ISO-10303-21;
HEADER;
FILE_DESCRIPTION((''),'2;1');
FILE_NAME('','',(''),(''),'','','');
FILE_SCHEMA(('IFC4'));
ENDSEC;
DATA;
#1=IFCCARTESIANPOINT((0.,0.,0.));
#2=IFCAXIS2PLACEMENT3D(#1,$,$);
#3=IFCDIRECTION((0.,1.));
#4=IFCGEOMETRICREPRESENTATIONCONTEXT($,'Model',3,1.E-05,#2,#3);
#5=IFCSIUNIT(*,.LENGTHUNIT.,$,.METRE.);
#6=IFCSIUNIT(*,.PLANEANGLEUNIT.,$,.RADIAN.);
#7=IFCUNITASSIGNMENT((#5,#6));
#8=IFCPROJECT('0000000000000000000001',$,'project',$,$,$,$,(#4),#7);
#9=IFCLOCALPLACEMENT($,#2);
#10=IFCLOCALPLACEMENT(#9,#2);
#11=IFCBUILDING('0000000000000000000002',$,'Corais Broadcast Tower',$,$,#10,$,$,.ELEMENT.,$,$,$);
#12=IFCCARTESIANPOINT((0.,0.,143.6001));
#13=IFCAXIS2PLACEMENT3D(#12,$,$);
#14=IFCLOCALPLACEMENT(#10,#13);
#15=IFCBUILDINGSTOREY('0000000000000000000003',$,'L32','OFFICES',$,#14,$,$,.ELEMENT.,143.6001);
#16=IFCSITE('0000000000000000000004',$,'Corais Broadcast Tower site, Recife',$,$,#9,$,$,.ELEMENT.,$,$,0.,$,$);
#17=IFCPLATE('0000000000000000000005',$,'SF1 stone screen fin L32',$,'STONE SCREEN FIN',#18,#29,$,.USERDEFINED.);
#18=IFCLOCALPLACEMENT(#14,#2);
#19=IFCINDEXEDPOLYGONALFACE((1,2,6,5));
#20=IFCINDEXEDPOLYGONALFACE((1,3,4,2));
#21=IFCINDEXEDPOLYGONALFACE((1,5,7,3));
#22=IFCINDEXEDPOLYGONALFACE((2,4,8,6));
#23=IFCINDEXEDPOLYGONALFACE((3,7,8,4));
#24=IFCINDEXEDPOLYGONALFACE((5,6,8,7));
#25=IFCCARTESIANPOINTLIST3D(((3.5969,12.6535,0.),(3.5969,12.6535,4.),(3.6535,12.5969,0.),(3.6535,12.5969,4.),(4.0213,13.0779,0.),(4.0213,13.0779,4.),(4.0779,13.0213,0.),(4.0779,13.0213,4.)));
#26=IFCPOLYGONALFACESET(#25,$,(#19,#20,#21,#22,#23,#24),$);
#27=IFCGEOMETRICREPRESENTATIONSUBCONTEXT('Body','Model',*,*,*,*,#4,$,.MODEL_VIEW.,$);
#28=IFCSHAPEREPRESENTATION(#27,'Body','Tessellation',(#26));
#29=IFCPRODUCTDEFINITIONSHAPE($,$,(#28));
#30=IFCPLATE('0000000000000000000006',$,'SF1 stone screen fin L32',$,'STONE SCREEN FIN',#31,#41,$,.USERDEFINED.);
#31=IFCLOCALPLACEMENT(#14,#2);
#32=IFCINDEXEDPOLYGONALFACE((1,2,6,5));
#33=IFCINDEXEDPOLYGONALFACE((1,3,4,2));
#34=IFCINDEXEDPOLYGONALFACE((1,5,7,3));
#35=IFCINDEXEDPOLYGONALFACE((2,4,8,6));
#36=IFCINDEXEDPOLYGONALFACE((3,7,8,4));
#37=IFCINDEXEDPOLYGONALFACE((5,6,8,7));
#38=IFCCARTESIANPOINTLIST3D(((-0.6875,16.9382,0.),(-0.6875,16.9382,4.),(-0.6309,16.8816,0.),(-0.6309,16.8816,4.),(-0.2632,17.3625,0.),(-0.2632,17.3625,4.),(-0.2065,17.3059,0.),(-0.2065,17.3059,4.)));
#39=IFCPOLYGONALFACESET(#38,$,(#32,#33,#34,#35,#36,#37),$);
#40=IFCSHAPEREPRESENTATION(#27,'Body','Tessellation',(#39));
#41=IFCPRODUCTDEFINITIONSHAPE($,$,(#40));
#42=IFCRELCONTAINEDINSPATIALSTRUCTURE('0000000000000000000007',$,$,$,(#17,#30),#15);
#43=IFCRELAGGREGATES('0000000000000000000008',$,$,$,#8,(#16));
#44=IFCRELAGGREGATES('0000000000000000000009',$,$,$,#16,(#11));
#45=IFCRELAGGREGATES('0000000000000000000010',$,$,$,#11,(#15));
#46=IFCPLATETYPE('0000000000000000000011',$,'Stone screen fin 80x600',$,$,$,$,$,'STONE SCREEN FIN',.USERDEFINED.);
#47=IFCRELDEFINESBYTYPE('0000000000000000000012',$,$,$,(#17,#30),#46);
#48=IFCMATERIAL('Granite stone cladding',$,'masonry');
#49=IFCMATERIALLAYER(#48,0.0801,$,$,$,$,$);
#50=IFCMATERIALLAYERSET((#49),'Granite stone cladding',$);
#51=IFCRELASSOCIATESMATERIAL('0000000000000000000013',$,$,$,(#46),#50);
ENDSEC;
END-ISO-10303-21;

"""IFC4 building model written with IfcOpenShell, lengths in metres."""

from ifc_helpers import new_model, si_unit, direction, frame, origin, origin_2d, place, context, subcontext, project, spatial, rectangle, extrude, material, layer, layer_set, type_object, element, save


model = new_model("IFC4")

# Units and contexts
model_context = context("Model", 3, precision=1e-05, world=origin(), true_north=direction((0.0, 1.0)))
body_context = subcontext(model_context, "Body", "Model", "MODEL_VIEW")
ifc_project = project(units=[si_unit("LENGTHUNIT", "METRE"), si_unit("PLANEANGLEUNIT", "RADIAN")], contexts=[model_context])

# Site, building, storey
site_placement = place(None, origin())
site = spatial("IfcSite", under=ifc_project, at=site_placement, Name="Corais Broadcast Tower site, Recife", CompositionType="ELEMENT", RefElevation=0.0)
building_placement = place(site_placement, origin())
building = spatial("IfcBuilding", under=site, at=building_placement, Name="Corais Broadcast Tower", CompositionType="ELEMENT")
storey_placement = place(building_placement, frame((0.0, 0.0, 143.6001)))
storey = spatial("IfcBuildingStorey", under=building, at=storey_placement, Name="L32", Description="OFFICES", CompositionType="ELEMENT", Elevation=143.6001)

# Plates
ifc_material_1 = material(Name="Granite stone cladding", Category="masonry")
ifc_layer_1 = layer(ifc_material_1, 0.0801)
ifc_layer_set_1 = layer_set([ifc_layer_1], Name="Granite stone cladding")
plate_type_1 = type_object("IfcPlateType", Name="Stone screen fin 80x600", ElementType="STONE SCREEN FIN", PredefinedType="USERDEFINED", material=ifc_layer_set_1)
for number, where, z_axis, x_axis, name in (
    (1, (3.8374, 12.8374, 0.0), (0.0, 0.0, 1.0), (-0.707107, 0.707107, 0.0), "SF1 stone screen fin L32"),
    (2, (-0.447, 17.1221, 0.0), (0.0, 0.0, 1.0), (-0.707107, 0.707107, 0.0), "SF1 stone screen fin L32"),
):
    element("IfcPlate", number, at=place(storey_placement, frame(where, z_axis=z_axis, x_axis=x_axis)), inside=storey, type_object=plate_type_1, Name=name, ObjectType="STONE SCREEN FIN", PredefinedType="USERDEFINED", context=body_context, shape_type="SweptSolid", body=[
        extrude(rectangle(XDim=0.0801, YDim=0.6001, at=origin_2d()), origin(), (0.0, 0.0, 1.0), 4.0),
    ])

save(model, "model.ifc")
